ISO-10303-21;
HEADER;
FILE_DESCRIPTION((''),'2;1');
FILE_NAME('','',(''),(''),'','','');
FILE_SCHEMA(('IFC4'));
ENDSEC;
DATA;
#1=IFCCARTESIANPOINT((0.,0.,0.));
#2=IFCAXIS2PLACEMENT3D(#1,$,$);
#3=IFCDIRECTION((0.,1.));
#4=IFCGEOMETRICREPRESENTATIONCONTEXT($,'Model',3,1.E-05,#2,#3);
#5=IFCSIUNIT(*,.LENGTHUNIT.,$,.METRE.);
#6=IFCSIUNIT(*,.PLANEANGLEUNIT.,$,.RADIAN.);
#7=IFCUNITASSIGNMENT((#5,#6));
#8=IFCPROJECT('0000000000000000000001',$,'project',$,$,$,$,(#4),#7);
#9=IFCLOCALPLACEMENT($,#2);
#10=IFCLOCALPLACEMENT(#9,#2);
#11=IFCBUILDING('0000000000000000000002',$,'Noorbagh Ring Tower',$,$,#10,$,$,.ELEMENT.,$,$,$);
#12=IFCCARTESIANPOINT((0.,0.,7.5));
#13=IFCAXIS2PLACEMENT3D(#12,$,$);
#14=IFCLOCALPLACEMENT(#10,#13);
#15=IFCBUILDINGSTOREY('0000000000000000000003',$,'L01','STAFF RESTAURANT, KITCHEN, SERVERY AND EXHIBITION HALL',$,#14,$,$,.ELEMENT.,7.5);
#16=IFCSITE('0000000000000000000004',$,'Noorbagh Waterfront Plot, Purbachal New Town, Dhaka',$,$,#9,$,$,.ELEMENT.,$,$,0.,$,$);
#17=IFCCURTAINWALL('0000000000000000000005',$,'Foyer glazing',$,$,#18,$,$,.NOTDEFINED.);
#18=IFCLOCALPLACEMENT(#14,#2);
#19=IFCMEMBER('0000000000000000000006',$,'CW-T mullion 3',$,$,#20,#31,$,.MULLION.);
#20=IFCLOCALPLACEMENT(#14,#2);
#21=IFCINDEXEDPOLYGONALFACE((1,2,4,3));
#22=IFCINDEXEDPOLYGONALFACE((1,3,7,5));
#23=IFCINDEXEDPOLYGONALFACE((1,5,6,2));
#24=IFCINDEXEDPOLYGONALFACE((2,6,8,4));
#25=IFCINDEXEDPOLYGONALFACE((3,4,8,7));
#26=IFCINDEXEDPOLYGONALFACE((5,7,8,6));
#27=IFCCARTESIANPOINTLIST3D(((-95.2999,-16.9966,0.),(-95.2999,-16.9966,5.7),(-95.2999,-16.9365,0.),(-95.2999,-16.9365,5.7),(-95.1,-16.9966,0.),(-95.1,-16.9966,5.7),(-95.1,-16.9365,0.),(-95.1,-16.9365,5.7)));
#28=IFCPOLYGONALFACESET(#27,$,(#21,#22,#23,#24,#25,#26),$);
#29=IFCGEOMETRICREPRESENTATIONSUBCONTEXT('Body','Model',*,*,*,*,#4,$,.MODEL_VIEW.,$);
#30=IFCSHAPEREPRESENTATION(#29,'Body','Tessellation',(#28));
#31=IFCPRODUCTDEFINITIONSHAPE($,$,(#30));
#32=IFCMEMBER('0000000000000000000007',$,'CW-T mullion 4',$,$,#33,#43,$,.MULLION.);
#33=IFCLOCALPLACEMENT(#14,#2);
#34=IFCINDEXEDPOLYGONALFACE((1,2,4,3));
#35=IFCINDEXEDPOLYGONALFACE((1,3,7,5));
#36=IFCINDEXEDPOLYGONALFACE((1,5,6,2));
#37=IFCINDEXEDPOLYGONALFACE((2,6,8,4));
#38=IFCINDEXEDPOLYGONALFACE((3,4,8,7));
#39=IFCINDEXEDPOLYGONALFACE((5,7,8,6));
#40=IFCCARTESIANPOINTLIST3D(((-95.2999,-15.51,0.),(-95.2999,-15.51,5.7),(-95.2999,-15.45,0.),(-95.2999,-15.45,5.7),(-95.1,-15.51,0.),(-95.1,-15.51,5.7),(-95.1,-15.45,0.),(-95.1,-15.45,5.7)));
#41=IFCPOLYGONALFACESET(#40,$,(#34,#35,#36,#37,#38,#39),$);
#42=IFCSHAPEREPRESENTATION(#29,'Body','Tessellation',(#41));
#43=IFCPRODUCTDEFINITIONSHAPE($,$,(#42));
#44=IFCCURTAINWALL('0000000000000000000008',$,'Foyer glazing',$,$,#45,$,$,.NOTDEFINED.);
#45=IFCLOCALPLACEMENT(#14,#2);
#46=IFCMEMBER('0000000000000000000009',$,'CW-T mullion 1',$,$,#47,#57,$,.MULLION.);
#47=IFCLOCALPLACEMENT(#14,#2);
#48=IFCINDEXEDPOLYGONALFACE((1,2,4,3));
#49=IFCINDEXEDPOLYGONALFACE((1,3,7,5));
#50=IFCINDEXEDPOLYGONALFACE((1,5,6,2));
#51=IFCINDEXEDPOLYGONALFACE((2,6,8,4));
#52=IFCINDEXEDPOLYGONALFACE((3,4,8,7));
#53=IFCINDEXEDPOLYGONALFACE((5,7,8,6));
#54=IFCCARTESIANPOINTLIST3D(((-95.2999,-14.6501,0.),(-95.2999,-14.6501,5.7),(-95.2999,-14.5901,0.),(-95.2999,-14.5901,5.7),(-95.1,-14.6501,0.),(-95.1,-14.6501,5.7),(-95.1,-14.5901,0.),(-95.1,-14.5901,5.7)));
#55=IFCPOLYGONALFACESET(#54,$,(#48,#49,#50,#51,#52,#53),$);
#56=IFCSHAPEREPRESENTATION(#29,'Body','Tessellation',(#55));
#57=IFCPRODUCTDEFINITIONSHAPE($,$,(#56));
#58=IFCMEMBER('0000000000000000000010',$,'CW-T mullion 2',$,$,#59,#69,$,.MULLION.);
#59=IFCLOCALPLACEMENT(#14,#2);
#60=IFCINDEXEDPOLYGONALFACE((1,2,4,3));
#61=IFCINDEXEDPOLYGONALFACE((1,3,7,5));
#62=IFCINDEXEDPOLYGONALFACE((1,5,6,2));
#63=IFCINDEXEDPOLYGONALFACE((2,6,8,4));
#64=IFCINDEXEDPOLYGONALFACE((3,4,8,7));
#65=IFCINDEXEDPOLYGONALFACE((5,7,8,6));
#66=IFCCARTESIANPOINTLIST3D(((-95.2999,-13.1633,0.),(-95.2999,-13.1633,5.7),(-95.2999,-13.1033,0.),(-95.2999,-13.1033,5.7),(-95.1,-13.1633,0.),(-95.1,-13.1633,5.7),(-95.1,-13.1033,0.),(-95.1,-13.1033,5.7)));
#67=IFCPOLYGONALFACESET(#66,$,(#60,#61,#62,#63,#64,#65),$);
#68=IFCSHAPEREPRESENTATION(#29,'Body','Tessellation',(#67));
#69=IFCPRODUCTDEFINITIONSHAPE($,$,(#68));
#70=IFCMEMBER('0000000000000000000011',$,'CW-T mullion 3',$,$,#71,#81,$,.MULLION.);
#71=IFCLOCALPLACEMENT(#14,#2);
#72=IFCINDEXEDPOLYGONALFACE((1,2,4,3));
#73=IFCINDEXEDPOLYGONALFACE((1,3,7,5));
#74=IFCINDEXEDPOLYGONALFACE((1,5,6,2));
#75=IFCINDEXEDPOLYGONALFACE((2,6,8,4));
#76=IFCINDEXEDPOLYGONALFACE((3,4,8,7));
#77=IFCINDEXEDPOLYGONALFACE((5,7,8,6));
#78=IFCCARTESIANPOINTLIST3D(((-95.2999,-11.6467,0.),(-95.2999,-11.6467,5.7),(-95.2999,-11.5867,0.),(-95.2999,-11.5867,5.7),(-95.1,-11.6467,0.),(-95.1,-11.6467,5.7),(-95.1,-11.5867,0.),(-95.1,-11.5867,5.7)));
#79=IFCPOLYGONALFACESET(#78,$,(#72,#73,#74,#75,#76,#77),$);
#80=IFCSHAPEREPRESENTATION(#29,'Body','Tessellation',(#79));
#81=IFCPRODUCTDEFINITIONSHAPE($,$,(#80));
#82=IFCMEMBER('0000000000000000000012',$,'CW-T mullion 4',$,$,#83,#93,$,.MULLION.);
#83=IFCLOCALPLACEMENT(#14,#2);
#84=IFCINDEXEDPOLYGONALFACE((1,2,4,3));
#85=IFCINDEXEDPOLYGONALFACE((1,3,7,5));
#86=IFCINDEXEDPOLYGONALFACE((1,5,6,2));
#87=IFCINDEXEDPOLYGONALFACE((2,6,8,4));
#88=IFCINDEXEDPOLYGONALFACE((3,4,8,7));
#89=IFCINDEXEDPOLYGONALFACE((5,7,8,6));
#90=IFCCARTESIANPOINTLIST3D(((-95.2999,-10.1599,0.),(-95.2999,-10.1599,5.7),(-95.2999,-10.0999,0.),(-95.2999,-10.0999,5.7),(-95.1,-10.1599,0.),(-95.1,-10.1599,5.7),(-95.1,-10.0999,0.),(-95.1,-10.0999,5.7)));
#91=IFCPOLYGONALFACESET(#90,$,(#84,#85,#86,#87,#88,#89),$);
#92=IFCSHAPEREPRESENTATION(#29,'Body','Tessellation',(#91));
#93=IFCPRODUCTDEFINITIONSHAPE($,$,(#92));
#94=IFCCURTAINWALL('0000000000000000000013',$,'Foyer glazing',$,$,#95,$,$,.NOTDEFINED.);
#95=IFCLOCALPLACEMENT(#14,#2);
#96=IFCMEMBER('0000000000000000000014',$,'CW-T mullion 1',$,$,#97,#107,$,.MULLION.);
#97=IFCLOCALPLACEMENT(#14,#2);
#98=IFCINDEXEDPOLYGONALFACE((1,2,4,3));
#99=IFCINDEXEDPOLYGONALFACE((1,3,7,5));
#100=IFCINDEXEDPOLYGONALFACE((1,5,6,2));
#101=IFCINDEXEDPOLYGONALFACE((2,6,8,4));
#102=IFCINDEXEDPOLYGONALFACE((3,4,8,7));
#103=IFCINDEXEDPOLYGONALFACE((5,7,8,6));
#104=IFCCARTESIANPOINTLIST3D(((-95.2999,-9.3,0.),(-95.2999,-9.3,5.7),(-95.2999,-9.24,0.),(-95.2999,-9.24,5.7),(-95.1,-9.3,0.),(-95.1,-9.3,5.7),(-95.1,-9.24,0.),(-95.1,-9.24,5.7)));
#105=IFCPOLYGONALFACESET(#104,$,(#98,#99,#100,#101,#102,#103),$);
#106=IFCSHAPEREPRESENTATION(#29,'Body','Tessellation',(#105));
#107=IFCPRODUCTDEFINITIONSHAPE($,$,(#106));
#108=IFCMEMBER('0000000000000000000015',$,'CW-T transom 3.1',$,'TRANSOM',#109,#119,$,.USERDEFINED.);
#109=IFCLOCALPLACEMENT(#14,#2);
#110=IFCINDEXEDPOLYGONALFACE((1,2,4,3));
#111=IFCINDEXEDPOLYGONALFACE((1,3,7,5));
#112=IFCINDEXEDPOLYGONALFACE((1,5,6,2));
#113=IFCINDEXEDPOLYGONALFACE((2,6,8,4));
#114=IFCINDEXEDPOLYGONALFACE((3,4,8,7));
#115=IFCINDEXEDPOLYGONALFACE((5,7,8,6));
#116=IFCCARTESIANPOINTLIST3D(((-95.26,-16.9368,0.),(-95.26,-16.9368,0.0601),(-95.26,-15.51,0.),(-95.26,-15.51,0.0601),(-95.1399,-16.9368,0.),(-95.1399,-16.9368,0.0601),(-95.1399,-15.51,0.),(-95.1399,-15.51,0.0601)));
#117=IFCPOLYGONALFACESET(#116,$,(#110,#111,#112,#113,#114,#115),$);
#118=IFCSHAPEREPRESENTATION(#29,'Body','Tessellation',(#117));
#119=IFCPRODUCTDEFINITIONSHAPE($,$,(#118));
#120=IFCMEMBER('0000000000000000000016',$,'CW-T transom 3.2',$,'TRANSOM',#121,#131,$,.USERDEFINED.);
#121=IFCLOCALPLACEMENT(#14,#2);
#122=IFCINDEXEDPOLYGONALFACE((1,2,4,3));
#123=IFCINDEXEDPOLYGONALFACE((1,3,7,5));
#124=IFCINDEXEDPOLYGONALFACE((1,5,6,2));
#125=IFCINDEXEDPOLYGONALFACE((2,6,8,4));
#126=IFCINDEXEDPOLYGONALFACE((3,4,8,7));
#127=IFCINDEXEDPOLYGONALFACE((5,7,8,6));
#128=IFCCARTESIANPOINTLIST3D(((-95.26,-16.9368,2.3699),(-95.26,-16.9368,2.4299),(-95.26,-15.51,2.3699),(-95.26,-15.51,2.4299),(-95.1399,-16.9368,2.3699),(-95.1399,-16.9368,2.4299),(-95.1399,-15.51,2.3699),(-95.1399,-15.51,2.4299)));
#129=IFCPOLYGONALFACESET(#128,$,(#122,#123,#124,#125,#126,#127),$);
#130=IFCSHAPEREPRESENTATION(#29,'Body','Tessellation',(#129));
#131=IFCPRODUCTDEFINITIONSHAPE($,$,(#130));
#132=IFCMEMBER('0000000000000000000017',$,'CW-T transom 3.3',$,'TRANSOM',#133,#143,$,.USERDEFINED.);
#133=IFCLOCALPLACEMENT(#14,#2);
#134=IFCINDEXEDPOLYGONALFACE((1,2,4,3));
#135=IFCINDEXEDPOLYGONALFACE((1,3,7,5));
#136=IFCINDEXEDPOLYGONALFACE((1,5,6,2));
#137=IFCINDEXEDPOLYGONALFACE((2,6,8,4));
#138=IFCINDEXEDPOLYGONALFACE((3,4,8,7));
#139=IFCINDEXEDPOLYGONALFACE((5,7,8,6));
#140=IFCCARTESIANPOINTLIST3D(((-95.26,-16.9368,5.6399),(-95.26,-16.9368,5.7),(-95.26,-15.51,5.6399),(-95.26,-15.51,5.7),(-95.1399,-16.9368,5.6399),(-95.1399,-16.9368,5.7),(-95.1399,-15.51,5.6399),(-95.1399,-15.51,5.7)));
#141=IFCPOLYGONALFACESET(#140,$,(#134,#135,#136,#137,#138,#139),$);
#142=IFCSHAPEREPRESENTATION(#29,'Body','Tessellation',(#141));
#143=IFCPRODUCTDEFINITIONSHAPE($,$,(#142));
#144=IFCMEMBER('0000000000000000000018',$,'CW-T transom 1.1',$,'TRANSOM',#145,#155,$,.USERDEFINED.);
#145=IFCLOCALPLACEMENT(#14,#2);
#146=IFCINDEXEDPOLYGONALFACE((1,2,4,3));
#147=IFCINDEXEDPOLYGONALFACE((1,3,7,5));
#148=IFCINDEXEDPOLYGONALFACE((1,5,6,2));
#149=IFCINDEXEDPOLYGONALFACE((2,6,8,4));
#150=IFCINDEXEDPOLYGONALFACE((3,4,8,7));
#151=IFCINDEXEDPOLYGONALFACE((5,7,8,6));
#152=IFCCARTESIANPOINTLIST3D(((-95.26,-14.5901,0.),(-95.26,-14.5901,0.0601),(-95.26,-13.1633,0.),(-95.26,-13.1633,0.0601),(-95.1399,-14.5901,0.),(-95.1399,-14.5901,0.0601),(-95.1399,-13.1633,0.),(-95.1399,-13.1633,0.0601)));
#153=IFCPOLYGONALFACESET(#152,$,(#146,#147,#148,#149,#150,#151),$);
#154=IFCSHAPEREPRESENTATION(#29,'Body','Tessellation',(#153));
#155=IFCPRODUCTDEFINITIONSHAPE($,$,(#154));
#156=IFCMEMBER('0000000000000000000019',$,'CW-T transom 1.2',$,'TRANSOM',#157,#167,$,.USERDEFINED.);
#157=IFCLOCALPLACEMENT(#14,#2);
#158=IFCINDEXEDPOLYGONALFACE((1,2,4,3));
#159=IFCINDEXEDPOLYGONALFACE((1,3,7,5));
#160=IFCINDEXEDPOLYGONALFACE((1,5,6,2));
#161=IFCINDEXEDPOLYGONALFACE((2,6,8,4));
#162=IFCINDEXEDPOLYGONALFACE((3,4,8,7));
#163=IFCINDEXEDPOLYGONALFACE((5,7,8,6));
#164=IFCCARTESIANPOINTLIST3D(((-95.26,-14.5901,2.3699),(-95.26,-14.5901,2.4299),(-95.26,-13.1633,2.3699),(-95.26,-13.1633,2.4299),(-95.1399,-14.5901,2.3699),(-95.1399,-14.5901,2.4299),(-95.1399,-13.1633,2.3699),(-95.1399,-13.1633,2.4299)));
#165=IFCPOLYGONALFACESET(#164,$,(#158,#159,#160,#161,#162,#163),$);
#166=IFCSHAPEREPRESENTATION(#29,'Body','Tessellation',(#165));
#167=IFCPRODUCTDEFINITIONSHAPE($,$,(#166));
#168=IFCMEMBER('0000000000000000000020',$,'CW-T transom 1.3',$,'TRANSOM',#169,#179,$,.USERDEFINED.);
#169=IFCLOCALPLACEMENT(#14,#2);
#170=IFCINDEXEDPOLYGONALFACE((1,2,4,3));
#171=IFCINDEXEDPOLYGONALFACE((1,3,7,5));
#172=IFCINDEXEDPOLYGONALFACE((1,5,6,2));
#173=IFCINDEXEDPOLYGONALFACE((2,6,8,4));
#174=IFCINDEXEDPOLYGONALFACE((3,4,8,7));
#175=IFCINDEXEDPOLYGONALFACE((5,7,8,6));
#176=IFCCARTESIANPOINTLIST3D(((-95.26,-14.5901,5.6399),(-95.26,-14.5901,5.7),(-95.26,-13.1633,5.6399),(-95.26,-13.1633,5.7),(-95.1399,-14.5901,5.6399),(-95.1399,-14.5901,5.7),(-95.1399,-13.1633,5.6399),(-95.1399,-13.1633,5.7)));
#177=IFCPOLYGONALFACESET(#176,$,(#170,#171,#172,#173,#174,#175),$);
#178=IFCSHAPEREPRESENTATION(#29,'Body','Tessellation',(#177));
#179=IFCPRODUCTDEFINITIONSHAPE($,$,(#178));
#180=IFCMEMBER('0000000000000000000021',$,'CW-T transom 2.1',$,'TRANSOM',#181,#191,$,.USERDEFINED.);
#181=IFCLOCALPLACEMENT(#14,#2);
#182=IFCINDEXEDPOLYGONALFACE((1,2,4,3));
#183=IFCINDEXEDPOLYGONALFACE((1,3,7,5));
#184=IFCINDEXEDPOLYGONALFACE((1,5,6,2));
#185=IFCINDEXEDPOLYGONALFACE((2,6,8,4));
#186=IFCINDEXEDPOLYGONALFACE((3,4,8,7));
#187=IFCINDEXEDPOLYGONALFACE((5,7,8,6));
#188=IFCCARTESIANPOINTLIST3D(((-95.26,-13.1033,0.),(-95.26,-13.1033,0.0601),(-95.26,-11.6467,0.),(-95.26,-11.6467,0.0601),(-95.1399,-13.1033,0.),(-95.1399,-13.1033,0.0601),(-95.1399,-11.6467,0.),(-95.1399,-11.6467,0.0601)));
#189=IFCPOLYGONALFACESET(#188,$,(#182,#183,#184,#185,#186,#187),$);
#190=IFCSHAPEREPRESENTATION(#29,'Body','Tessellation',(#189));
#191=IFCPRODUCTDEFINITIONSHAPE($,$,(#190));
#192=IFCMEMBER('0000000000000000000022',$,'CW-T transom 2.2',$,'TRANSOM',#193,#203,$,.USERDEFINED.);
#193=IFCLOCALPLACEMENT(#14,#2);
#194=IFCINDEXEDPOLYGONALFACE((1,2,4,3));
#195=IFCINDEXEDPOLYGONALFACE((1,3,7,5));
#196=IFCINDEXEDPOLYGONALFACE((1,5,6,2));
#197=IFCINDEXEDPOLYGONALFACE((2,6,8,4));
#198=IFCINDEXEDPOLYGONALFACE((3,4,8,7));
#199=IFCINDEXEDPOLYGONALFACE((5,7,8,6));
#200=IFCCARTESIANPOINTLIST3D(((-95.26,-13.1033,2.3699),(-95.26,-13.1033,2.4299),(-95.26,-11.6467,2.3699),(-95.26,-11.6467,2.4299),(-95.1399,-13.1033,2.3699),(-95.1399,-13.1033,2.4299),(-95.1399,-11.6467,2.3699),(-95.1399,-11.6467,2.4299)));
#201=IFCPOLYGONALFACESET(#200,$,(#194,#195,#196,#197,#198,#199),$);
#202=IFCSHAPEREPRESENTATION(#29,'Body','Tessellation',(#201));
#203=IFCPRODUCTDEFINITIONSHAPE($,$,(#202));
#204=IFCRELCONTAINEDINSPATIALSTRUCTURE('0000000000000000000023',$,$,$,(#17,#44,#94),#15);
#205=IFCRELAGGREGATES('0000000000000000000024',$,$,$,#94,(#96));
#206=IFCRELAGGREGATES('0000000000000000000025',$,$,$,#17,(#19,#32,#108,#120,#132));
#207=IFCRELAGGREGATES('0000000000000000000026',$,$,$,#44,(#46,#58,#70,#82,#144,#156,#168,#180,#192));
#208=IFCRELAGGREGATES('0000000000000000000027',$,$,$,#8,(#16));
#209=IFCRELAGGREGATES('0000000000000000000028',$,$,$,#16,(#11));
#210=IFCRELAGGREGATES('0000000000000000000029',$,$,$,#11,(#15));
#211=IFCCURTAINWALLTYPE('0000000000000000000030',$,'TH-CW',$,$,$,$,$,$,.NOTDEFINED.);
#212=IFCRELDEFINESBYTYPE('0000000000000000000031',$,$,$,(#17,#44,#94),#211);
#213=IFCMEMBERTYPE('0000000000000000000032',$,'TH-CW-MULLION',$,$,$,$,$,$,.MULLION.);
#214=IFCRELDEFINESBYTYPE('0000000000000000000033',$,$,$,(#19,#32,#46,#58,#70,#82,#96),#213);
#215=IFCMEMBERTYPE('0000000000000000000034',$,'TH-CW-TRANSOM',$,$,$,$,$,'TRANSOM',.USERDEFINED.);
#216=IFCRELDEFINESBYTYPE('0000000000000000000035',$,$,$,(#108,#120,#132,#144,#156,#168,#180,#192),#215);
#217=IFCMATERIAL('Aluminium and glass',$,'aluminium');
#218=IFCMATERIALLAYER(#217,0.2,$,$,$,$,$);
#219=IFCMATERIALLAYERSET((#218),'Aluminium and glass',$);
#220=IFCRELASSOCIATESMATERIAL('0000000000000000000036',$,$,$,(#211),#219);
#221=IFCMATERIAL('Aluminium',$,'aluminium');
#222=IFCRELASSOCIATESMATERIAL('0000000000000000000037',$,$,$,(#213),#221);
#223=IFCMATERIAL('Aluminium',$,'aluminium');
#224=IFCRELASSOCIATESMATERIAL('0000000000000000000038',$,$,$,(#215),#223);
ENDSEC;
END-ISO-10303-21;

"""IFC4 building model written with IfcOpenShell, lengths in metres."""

from ifc_helpers import new_model, si_unit, direction, frame, origin, origin_2d, place, context, subcontext, project, spatial, rectangle, extrude, material, layer, layer_set, material_profile, profile_set, type_object, element, aggregate, save


model = new_model("IFC4")

# Units and contexts
model_context = context("Model", 3, precision=1e-05, world=origin(), true_north=direction((0.0, 1.0)))
body_context = subcontext(model_context, "Body", "Model", "MODEL_VIEW")
ifc_project = project(units=[si_unit("LENGTHUNIT", "METRE"), si_unit("PLANEANGLEUNIT", "RADIAN")], contexts=[model_context])

# Site, building, storey
site_placement = place(None, origin())
site = spatial("IfcSite", under=ifc_project, at=site_placement, Name="Noorbagh Waterfront Plot, Purbachal New Town, Dhaka", CompositionType="ELEMENT", RefElevation=0.0)
building_placement = place(site_placement, origin())
building = spatial("IfcBuilding", under=site, at=building_placement, Name="Noorbagh Ring Tower", CompositionType="ELEMENT")
storey_placement = place(building_placement, frame((0.0, 0.0, 7.5)))
storey = spatial("IfcBuildingStorey", under=building, at=storey_placement, Name="L01", Description="STAFF RESTAURANT, KITCHEN, SERVERY AND EXHIBITION HALL", CompositionType="ELEMENT", Elevation=7.5)

# Curtain walls, members
ifc_material_1 = material(Name="Aluminium and glass", Category="aluminium")
ifc_layer_1 = layer(ifc_material_1, 0.2)
ifc_layer_set_1 = layer_set([ifc_layer_1], Name="Aluminium and glass")
curtain_wall_type = type_object("IfcCurtainWallType", Name="TH-CW", PredefinedType="NOTDEFINED", material=ifc_layer_set_1)
curtain_wall_1_placement = place(storey_placement, origin())
curtain_wall_1 = element("IfcCurtainWall", 1, at=curtain_wall_1_placement, inside=storey, type_object=curtain_wall_type, Name="Foyer glazing", PredefinedType="NOTDEFINED")
ifc_material_2 = material(Name="Aluminium", Category="aluminium")
ifc_material_profile_1 = material_profile(ifc_material_2, rectangle(XDim=0.2, YDim=0.0601, at=origin_2d()), Name="AL 200x60")
ifc_profile_set_1 = profile_set([ifc_material_profile_1], Name="Aluminium")
member_type_1 = type_object("IfcMemberType", Name="TH-CW-MULLION", PredefinedType="MULLION", material=ifc_profile_set_1)
member_1_placement = place(storey_placement, frame((-95.2, -16.9666, 0.0), z_axis=(0.0, 0.0, 1.0), x_axis=(-1.0, 0.0, 0.0)))
member_1 = element("IfcMember", 2, at=member_1_placement, type_object=member_type_1, Name="CW-T mullion 3", PredefinedType="MULLION", context=body_context, shape_type="SweptSolid", body=[
    extrude(rectangle(XDim=0.2, YDim=0.0601, at=origin_2d()), origin(), (0.0, 0.0, 1.0), 5.7),
])
member_2_placement = place(storey_placement, frame((-95.2, -15.48, 0.0), z_axis=(0.0, 0.0, 1.0), x_axis=(-1.0, 0.0, 0.0)))
member_2 = element("IfcMember", 3, at=member_2_placement, type_object=member_type_1, Name="CW-T mullion 4", PredefinedType="MULLION", context=body_context, shape_type="SweptSolid", body=[
    extrude(rectangle(XDim=0.2, YDim=0.0601, at=origin_2d()), origin(), (0.0, 0.0, 1.0), 5.7),
])
curtain_wall_2_placement = place(storey_placement, origin())
curtain_wall_2 = element("IfcCurtainWall", 4, at=curtain_wall_2_placement, inside=storey, type_object=curtain_wall_type, Name="Foyer glazing", PredefinedType="NOTDEFINED")
member_3_placement = place(storey_placement, frame((-95.2, -14.6201, 0.0), z_axis=(0.0, 0.0, 1.0), x_axis=(-1.0, 0.0, 0.0)))
member_3 = element("IfcMember", 5, at=member_3_placement, type_object=member_type_1, Name="CW-T mullion 1", PredefinedType="MULLION", context=body_context, shape_type="SweptSolid", body=[
    extrude(rectangle(XDim=0.2, YDim=0.0601, at=origin_2d()), origin(), (0.0, 0.0, 1.0), 5.7),
])
member_4_placement = place(storey_placement, frame((-95.2, -13.1333, 0.0), z_axis=(0.0, 0.0, 1.0), x_axis=(-1.0, 0.0, 0.0)))
member_4 = element("IfcMember", 6, at=member_4_placement, type_object=member_type_1, Name="CW-T mullion 2", PredefinedType="MULLION", context=body_context, shape_type="SweptSolid", body=[
    extrude(rectangle(XDim=0.2, YDim=0.0601, at=origin_2d()), origin(), (0.0, 0.0, 1.0), 5.7),
])
member_5_placement = place(storey_placement, frame((-95.2, -11.6167, 0.0), z_axis=(0.0, 0.0, 1.0), x_axis=(-1.0, 0.0, 0.0)))
member_5 = element("IfcMember", 7, at=member_5_placement, type_object=member_type_1, Name="CW-T mullion 3", PredefinedType="MULLION", context=body_context, shape_type="SweptSolid", body=[
    extrude(rectangle(XDim=0.2, YDim=0.0601, at=origin_2d()), origin(), (0.0, 0.0, 1.0), 5.7),
])
member_6_placement = place(storey_placement, frame((-95.2, -10.1299, 0.0), z_axis=(0.0, 0.0, 1.0), x_axis=(-1.0, 0.0, 0.0)))
member_6 = element("IfcMember", 8, at=member_6_placement, type_object=member_type_1, Name="CW-T mullion 4", PredefinedType="MULLION", context=body_context, shape_type="SweptSolid", body=[
    extrude(rectangle(XDim=0.2, YDim=0.0601, at=origin_2d()), origin(), (0.0, 0.0, 1.0), 5.7),
])

# Curtain wall, member
curtain_wall_3_placement = place(storey_placement, origin())
curtain_wall_3 = element("IfcCurtainWall", 9, at=curtain_wall_3_placement, inside=storey, type_object=curtain_wall_type, Name="Foyer glazing", PredefinedType="NOTDEFINED")
member_7_placement = place(storey_placement, frame((-95.2, -9.27, 0.0), z_axis=(0.0, 0.0, 1.0), x_axis=(-1.0, 0.0, 0.0)))
member_7 = element("IfcMember", 10, at=member_7_placement, type_object=member_type_1, Name="CW-T mullion 1", PredefinedType="MULLION", context=body_context, shape_type="SweptSolid", body=[
    extrude(rectangle(XDim=0.2, YDim=0.0601, at=origin_2d()), origin(), (0.0, 0.0, 1.0), 5.7),
])

# Members
ifc_material_3 = material(Name="Aluminium", Category="aluminium")
ifc_material_profile_2 = material_profile(ifc_material_3, rectangle(XDim=0.1201, YDim=0.0601, at=origin_2d()), Name="AL 120x60")
ifc_profile_set_2 = profile_set([ifc_material_profile_2], Name="Aluminium")
member_type_2 = type_object("IfcMemberType", Name="TH-CW-TRANSOM", ElementType="TRANSOM", PredefinedType="USERDEFINED", material=ifc_profile_set_2)
member_8_placement = place(storey_placement, frame((-95.2, -16.9368, 0.03), z_axis=(0.0, 1.0, 0.0), x_axis=(-1.0, 0.0, 0.0)))
member_8 = element("IfcMember", 11, at=member_8_placement, type_object=member_type_2, Name="CW-T transom 3.1", ObjectType="TRANSOM", PredefinedType="USERDEFINED", context=body_context, shape_type="SweptSolid", body=[
    extrude(rectangle(XDim=0.1201, YDim=0.0601, at=origin_2d()), origin(), (0.0, 0.0, 1.0), 1.4268),
])
member_9_placement = place(storey_placement, frame((-95.2, -16.9368, 2.3999), z_axis=(0.0, 1.0, 0.0), x_axis=(-1.0, 0.0, 0.0)))
member_9 = element("IfcMember", 12, at=member_9_placement, type_object=member_type_2, Name="CW-T transom 3.2", ObjectType="TRANSOM", PredefinedType="USERDEFINED", context=body_context, shape_type="SweptSolid", body=[
    extrude(rectangle(XDim=0.1201, YDim=0.0601, at=origin_2d()), origin(), (0.0, 0.0, 1.0), 1.4268),
])
member_10_placement = place(storey_placement, frame((-95.2, -16.9368, 5.6699), z_axis=(0.0, 1.0, 0.0), x_axis=(-1.0, 0.0, 0.0)))
member_10 = element("IfcMember", 13, at=member_10_placement, type_object=member_type_2, Name="CW-T transom 3.3", ObjectType="TRANSOM", PredefinedType="USERDEFINED", context=body_context, shape_type="SweptSolid", body=[
    extrude(rectangle(XDim=0.1201, YDim=0.0601, at=origin_2d()), origin(), (0.0, 0.0, 1.0), 1.4268),
])
member_11_placement = place(storey_placement, frame((-95.2, -14.5901, 0.03), z_axis=(0.0, 1.0, 0.0), x_axis=(-1.0, 0.0, 0.0)))
member_11 = element("IfcMember", 14, at=member_11_placement, type_object=member_type_2, Name="CW-T transom 1.1", ObjectType="TRANSOM", PredefinedType="USERDEFINED", context=body_context, shape_type="SweptSolid", body=[
    extrude(rectangle(XDim=0.1201, YDim=0.0601, at=origin_2d()), origin(), (0.0, 0.0, 1.0), 1.4268),
])
member_12_placement = place(storey_placement, frame((-95.2, -14.5901, 2.3999), z_axis=(0.0, 1.0, 0.0), x_axis=(-1.0, 0.0, 0.0)))
member_12 = element("IfcMember", 15, at=member_12_placement, type_object=member_type_2, Name="CW-T transom 1.2", ObjectType="TRANSOM", PredefinedType="USERDEFINED", context=body_context, shape_type="SweptSolid", body=[
    extrude(rectangle(XDim=0.1201, YDim=0.0601, at=origin_2d()), origin(), (0.0, 0.0, 1.0), 1.4268),
])
member_13_placement = place(storey_placement, frame((-95.2, -14.5901, 5.6699), z_axis=(0.0, 1.0, 0.0), x_axis=(-1.0, 0.0, 0.0)))
member_13 = element("IfcMember", 16, at=member_13_placement, type_object=member_type_2, Name="CW-T transom 1.3", ObjectType="TRANSOM", PredefinedType="USERDEFINED", context=body_context, shape_type="SweptSolid", body=[
    extrude(rectangle(XDim=0.1201, YDim=0.0601, at=origin_2d()), origin(), (0.0, 0.0, 1.0), 1.4268),
])
member_14_placement = place(storey_placement, frame((-95.2, -13.1033, 0.03), z_axis=(0.0, 1.0, 0.0), x_axis=(-1.0, 0.0, 0.0)))
member_14 = element("IfcMember", 17, at=member_14_placement, type_object=member_type_2, Name="CW-T transom 2.1", ObjectType="TRANSOM", PredefinedType="USERDEFINED", context=body_context, shape_type="SweptSolid", body=[
    extrude(rectangle(XDim=0.1201, YDim=0.0601, at=origin_2d()), origin(), (0.0, 0.0, 1.0), 1.4565),
])
member_15_placement = place(storey_placement, frame((-95.2, -13.1033, 2.3999), z_axis=(0.0, 1.0, 0.0), x_axis=(-1.0, 0.0, 0.0)))
member_15 = element("IfcMember", 18, at=member_15_placement, type_object=member_type_2, Name="CW-T transom 2.2", ObjectType="TRANSOM", PredefinedType="USERDEFINED", context=body_context, shape_type="SweptSolid", body=[
    extrude(rectangle(XDim=0.1201, YDim=0.0601, at=origin_2d()), origin(), (0.0, 0.0, 1.0), 1.4565),
])
aggregate(curtain_wall_3, [member_7])

aggregate(curtain_wall_1, [member_1, member_2, member_8, member_9, member_10])
aggregate(curtain_wall_2, [member_3, member_4, member_5, member_6, member_11, member_12, member_13, member_14, member_15])

save(model, "model.ifc")
